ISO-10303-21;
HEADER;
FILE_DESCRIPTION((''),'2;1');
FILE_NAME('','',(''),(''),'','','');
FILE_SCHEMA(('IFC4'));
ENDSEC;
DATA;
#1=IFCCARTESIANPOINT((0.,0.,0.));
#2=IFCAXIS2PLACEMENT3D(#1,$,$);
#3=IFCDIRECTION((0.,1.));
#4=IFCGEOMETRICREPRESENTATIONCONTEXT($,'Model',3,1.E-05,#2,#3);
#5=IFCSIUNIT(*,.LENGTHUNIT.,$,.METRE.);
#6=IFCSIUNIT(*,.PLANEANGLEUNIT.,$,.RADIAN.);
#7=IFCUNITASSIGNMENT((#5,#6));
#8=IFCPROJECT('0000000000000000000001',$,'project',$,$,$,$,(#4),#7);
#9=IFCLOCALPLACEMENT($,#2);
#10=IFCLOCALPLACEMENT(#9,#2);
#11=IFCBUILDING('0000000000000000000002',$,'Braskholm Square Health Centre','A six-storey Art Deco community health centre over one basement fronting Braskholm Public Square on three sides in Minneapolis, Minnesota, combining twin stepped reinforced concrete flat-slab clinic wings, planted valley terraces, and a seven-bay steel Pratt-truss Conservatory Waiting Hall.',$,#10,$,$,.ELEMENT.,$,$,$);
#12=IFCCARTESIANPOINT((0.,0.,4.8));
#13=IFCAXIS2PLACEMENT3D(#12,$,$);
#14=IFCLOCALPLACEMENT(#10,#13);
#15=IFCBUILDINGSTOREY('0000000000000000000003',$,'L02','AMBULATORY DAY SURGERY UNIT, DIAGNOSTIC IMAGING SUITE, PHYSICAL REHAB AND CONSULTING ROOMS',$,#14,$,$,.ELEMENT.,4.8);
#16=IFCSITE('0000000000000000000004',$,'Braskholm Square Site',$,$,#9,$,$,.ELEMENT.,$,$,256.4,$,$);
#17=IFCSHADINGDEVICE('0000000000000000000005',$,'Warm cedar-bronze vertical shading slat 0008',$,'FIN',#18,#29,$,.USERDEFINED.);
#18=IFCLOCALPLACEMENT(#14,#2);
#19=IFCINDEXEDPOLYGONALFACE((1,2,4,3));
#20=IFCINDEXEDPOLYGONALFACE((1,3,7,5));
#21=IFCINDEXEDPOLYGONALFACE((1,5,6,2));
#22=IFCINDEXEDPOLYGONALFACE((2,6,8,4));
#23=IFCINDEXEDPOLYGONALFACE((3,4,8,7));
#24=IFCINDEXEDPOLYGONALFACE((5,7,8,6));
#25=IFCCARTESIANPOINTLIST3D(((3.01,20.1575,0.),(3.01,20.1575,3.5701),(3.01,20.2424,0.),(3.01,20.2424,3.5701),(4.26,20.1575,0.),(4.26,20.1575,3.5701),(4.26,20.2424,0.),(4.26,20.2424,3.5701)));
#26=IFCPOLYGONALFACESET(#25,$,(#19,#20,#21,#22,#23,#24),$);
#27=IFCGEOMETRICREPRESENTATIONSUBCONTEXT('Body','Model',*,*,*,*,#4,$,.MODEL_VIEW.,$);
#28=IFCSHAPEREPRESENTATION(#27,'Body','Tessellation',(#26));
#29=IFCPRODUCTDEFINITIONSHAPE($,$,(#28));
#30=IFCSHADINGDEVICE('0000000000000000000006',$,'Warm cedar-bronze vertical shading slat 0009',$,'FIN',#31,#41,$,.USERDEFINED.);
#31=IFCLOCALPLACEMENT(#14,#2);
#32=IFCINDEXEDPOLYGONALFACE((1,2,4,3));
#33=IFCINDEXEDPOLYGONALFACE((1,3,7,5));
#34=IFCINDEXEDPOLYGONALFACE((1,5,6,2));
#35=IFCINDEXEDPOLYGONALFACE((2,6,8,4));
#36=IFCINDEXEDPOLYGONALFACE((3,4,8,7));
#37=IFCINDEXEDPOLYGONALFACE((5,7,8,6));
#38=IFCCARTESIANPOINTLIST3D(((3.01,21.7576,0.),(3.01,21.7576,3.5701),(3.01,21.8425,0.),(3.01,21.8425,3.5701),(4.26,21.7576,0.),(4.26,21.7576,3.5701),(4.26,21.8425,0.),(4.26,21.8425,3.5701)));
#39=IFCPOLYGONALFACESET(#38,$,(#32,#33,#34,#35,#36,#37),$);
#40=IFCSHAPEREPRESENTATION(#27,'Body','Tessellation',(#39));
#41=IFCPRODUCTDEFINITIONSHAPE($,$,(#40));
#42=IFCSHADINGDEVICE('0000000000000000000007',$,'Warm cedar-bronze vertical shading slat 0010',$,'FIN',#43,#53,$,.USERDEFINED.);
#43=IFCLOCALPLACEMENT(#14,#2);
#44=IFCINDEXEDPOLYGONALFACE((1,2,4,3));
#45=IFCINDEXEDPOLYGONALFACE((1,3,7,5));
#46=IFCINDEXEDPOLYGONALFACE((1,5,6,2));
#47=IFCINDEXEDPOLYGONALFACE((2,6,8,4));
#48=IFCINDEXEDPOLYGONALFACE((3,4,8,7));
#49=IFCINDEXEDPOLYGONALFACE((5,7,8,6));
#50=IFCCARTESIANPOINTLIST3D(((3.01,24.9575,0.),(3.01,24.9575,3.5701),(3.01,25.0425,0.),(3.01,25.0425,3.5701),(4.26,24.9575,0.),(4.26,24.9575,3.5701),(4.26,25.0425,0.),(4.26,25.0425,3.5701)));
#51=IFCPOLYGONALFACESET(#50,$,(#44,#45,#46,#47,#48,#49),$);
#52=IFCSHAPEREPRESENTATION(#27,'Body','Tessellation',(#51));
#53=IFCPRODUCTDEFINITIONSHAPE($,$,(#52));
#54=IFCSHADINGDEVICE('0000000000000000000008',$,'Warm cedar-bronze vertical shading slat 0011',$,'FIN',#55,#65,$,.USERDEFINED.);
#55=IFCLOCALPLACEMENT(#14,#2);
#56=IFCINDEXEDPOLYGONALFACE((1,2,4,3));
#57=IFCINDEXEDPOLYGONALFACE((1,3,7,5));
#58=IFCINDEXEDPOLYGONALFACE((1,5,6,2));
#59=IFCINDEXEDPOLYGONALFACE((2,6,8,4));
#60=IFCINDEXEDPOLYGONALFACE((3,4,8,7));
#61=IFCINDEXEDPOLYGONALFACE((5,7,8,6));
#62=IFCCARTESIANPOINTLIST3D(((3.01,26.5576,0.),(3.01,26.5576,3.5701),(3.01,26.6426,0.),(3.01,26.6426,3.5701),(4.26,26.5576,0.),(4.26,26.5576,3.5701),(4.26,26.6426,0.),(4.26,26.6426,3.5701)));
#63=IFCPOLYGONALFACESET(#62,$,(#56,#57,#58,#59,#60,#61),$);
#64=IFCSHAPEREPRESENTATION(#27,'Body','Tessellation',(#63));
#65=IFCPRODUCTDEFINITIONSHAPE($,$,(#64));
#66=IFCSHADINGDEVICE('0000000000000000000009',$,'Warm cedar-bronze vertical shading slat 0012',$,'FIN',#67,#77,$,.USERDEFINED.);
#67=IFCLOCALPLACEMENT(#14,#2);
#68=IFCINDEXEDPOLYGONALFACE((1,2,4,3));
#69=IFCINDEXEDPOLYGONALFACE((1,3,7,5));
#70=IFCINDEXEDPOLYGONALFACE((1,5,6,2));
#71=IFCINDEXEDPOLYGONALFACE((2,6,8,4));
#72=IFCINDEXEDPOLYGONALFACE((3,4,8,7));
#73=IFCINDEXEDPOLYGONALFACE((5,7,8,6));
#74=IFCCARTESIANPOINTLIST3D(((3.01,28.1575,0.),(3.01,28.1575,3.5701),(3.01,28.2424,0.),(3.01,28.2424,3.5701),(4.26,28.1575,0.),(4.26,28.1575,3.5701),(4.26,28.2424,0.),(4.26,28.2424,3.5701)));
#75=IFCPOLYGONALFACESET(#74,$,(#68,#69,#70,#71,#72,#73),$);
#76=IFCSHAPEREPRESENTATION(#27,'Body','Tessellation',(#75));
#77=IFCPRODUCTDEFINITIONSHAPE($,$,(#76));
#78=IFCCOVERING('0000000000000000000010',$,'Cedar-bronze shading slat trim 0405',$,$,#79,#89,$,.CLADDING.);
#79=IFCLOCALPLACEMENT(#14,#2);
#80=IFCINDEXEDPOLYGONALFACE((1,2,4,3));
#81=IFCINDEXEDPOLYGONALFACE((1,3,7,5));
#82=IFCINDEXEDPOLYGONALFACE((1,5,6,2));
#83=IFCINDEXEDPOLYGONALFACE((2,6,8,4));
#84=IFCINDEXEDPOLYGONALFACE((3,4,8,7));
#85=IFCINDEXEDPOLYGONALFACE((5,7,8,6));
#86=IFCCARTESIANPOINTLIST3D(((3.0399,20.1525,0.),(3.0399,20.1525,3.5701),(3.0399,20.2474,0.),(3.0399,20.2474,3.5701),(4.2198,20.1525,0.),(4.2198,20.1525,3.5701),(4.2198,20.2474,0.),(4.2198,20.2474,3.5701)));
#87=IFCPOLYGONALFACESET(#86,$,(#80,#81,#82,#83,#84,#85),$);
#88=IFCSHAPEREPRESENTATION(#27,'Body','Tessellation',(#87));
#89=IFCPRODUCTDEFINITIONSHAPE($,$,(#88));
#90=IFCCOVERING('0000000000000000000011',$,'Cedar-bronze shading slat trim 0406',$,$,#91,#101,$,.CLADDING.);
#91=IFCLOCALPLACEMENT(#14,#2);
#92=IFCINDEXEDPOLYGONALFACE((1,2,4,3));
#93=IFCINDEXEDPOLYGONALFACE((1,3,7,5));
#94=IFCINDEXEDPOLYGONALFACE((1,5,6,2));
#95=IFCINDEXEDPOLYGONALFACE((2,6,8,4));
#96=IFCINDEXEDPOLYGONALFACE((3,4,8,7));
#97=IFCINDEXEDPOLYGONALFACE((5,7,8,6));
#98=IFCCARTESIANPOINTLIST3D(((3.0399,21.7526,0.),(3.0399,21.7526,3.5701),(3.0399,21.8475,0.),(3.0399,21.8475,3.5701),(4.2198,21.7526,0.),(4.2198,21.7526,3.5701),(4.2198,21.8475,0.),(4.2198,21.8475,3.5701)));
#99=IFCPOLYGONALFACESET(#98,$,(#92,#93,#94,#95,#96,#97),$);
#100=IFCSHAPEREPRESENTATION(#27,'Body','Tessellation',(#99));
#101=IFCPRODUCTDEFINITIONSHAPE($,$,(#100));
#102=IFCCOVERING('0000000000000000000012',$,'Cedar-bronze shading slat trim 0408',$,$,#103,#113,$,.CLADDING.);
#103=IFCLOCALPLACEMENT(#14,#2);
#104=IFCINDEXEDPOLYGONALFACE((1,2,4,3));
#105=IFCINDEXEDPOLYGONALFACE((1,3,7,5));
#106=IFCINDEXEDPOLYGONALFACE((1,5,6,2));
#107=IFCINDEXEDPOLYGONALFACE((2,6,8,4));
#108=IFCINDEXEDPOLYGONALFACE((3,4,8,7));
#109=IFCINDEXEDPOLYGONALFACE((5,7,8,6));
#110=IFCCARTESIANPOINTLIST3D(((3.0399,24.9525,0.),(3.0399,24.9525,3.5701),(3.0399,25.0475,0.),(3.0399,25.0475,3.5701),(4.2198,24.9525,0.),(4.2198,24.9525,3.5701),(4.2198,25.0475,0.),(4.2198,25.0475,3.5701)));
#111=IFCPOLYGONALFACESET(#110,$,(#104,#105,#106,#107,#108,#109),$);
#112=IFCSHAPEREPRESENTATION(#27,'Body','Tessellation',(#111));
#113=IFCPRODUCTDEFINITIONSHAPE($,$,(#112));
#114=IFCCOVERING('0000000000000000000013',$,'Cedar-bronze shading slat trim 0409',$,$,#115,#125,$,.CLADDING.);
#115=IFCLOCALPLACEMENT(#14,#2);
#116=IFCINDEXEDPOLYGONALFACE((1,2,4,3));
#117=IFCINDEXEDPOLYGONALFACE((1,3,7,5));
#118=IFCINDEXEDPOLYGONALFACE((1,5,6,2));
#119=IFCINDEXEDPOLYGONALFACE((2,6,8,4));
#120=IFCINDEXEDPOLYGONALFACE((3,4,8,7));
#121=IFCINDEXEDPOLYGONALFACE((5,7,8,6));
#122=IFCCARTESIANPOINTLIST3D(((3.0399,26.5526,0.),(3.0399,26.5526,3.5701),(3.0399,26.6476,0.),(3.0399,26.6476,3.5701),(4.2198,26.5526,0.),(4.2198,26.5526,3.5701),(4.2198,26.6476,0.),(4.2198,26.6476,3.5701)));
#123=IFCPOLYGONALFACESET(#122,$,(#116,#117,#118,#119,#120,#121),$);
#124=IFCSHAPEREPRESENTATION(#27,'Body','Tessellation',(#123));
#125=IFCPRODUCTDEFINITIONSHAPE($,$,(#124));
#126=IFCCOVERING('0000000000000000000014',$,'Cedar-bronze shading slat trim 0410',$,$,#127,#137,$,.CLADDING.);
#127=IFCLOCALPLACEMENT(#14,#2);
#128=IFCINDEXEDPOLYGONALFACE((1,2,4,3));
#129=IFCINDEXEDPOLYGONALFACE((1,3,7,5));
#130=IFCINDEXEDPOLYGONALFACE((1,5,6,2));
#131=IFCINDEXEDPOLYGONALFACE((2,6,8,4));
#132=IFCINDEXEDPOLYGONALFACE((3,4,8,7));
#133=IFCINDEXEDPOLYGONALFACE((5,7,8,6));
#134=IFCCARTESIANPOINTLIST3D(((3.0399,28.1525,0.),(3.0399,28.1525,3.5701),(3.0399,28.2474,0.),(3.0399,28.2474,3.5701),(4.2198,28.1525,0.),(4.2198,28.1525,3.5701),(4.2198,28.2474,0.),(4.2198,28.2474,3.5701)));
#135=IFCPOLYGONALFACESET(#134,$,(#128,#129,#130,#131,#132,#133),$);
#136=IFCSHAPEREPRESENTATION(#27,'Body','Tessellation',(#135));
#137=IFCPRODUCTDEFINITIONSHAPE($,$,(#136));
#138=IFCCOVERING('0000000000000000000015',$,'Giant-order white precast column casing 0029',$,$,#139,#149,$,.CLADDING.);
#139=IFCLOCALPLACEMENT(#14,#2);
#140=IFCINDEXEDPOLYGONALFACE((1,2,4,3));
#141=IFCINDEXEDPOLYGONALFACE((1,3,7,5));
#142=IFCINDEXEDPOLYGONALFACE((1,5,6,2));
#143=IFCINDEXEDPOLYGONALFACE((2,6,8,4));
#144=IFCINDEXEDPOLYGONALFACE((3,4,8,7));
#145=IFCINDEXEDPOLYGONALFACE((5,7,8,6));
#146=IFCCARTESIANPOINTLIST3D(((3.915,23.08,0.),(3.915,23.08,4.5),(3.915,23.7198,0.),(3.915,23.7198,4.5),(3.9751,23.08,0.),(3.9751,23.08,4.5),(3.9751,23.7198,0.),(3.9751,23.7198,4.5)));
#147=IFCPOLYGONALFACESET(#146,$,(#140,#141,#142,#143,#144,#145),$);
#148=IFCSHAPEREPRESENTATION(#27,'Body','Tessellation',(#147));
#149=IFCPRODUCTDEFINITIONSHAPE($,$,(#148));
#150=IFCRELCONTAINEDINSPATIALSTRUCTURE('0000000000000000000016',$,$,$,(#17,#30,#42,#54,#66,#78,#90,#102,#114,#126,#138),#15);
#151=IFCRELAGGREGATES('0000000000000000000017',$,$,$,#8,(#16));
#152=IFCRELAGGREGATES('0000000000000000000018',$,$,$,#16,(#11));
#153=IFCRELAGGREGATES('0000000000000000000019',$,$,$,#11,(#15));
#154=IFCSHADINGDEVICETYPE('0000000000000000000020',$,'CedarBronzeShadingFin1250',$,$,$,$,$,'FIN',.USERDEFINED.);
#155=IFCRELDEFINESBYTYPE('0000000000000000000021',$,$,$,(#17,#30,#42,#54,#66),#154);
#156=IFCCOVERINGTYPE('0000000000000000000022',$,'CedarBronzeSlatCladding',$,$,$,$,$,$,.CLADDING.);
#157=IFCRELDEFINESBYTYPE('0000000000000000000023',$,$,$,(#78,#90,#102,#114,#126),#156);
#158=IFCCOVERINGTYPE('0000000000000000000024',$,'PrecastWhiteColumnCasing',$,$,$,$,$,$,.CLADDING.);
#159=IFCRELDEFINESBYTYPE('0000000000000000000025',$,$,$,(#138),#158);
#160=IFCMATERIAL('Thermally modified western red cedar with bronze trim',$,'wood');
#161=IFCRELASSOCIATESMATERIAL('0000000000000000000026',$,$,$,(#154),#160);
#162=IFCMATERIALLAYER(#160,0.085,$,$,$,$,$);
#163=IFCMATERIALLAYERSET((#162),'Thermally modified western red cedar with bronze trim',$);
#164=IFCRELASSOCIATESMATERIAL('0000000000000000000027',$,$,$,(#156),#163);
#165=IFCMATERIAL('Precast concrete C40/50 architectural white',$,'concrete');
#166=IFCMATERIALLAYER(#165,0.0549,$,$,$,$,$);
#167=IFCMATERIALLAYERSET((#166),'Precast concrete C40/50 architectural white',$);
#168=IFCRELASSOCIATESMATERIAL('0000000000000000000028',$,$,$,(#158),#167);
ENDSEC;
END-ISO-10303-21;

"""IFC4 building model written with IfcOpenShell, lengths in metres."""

from ifc_helpers import new_model, si_unit, direction, frame, origin, origin_2d, place, context, subcontext, project, spatial, rectangle, extrude, material, layer, layer_set, type_object, element, save


model = new_model("IFC4")

# Units and contexts
model_context = context("Model", 3, precision=1e-05, world=origin(), true_north=direction((0.0, 1.0)))
body_context = subcontext(model_context, "Body", "Model", "MODEL_VIEW")
ifc_project = project(units=[si_unit("LENGTHUNIT", "METRE"), si_unit("PLANEANGLEUNIT", "RADIAN")], contexts=[model_context])

# Site, building, storey
site_placement = place(None, origin())
site = spatial("IfcSite", under=ifc_project, at=site_placement, Name="Braskholm Square Site", CompositionType="ELEMENT", RefElevation=256.4)
building_placement = place(site_placement, origin())
building = spatial("IfcBuilding", under=site, at=building_placement, Name="Braskholm Square Health Centre", Description="A six-storey Art Deco community health centre over one basement fronting Braskholm Public Square on three sides in Minneapolis, Minnesota, combining twin stepped reinforced concrete flat-slab clinic wings, planted valley terraces, and a seven-bay steel Pratt-truss Conservatory Waiting Hall.", CompositionType="ELEMENT")
storey_placement = place(building_placement, frame((0.0, 0.0, 4.8)))
storey = spatial("IfcBuildingStorey", under=building, at=storey_placement, Name="L02", Description="AMBULATORY DAY SURGERY UNIT, DIAGNOSTIC IMAGING SUITE, PHYSICAL REHAB AND CONSULTING ROOMS", CompositionType="ELEMENT", Elevation=4.8)

# Shared definitions
ifc_material_1 = material(Name="Precast concrete C40/50 architectural white", Category="concrete")

# Shading devices
ifc_material_2 = material(Name="Thermally modified western red cedar with bronze trim", Category="wood")
shading_device_type = type_object("IfcShadingDeviceType", Name="CedarBronzeShadingFin1250", ElementType="FIN", PredefinedType="USERDEFINED", material=ifc_material_2)
for number, where, z_axis, x_axis, name in (
    (1, (3.635, 20.2, 0.0), (0.0, 0.0, 1.0), (1.0, 0.0, 0.0), "Warm cedar-bronze vertical shading slat 0008"),
    (2, (3.635, 21.8, 0.0), (0.0, 0.0, 1.0), (1.0, 0.0, 0.0), "Warm cedar-bronze vertical shading slat 0009"),
    (3, (3.635, 25.0, 0.0), (0.0, 0.0, 1.0), (1.0, 0.0, 0.0), "Warm cedar-bronze vertical shading slat 0010"),
    (4, (3.635, 26.6001, 0.0), (0.0, 0.0, 1.0), (1.0, 0.0, 0.0), "Warm cedar-bronze vertical shading slat 0011"),
    (5, (3.635, 28.2, 0.0), (0.0, 0.0, 1.0), (1.0, 0.0, 0.0), "Warm cedar-bronze vertical shading slat 0012"),
):
    element("IfcShadingDevice", number, at=place(storey_placement, frame(where, z_axis=z_axis, x_axis=x_axis)), inside=storey, type_object=shading_device_type, Name=name, ObjectType="FIN", PredefinedType="USERDEFINED", context=body_context, shape_type="SweptSolid", body=[
        extrude(rectangle(XDim=1.25, YDim=0.085, at=origin_2d()), origin(), (0.0, 0.0, 1.0), 3.5701),
    ])

# Coverings
ifc_layer_1 = layer(ifc_material_2, 0.085)
ifc_layer_set_1 = layer_set([ifc_layer_1], Name="Thermally modified western red cedar with bronze trim")
covering_type_1 = type_object("IfcCoveringType", Name="CedarBronzeSlatCladding", PredefinedType="CLADDING", material=ifc_layer_set_1)
for number, where, z_axis, x_axis, name in (
    (6, (3.6299, 20.2, 0.0), (0.0, 0.0, 1.0), (1.0, 0.0, 0.0), "Cedar-bronze shading slat trim 0405"),
    (7, (3.6299, 21.8, 0.0), (0.0, 0.0, 1.0), (1.0, 0.0, 0.0), "Cedar-bronze shading slat trim 0406"),
    (8, (3.6299, 25.0, 0.0), (0.0, 0.0, 1.0), (1.0, 0.0, 0.0), "Cedar-bronze shading slat trim 0408"),
    (9, (3.6299, 26.6001, 0.0), (0.0, 0.0, 1.0), (1.0, 0.0, 0.0), "Cedar-bronze shading slat trim 0409"),
    (10, (3.6299, 28.2, 0.0), (0.0, 0.0, 1.0), (1.0, 0.0, 0.0), "Cedar-bronze shading slat trim 0410"),
):
    element("IfcCovering", number, at=place(storey_placement, frame(where, z_axis=z_axis, x_axis=x_axis)), inside=storey, type_object=covering_type_1, Name=name, PredefinedType="CLADDING", context=body_context, shape_type="SweptSolid", body=[
        extrude(rectangle(XDim=1.1799, YDim=0.095, at=origin_2d()), origin(), (0.0, 0.0, 1.0), 3.5701),
    ])
ifc_layer_2 = layer(ifc_material_1, 0.0549)
ifc_layer_set_2 = layer_set([ifc_layer_2], Name="Precast concrete C40/50 architectural white")
covering_type_2 = type_object("IfcCoveringType", Name="PrecastWhiteColumnCasing", PredefinedType="CLADDING", material=ifc_layer_set_2)
covering_placement = place(storey_placement, frame((3.9451, 23.3999, 0.0), z_axis=(0.0, 0.0, 1.0), x_axis=(1.0, 0.0, 0.0)))
element("IfcCovering", 11, at=covering_placement, inside=storey, type_object=covering_type_2, Name="Giant-order white precast column casing 0029", PredefinedType="CLADDING", context=body_context, shape_type="SweptSolid", body=[
    extrude(rectangle(XDim=0.0601, YDim=0.6399, at=origin_2d()), origin(), (0.0, 0.0, 1.0), 4.5),
])

save(model, "model.ifc")
